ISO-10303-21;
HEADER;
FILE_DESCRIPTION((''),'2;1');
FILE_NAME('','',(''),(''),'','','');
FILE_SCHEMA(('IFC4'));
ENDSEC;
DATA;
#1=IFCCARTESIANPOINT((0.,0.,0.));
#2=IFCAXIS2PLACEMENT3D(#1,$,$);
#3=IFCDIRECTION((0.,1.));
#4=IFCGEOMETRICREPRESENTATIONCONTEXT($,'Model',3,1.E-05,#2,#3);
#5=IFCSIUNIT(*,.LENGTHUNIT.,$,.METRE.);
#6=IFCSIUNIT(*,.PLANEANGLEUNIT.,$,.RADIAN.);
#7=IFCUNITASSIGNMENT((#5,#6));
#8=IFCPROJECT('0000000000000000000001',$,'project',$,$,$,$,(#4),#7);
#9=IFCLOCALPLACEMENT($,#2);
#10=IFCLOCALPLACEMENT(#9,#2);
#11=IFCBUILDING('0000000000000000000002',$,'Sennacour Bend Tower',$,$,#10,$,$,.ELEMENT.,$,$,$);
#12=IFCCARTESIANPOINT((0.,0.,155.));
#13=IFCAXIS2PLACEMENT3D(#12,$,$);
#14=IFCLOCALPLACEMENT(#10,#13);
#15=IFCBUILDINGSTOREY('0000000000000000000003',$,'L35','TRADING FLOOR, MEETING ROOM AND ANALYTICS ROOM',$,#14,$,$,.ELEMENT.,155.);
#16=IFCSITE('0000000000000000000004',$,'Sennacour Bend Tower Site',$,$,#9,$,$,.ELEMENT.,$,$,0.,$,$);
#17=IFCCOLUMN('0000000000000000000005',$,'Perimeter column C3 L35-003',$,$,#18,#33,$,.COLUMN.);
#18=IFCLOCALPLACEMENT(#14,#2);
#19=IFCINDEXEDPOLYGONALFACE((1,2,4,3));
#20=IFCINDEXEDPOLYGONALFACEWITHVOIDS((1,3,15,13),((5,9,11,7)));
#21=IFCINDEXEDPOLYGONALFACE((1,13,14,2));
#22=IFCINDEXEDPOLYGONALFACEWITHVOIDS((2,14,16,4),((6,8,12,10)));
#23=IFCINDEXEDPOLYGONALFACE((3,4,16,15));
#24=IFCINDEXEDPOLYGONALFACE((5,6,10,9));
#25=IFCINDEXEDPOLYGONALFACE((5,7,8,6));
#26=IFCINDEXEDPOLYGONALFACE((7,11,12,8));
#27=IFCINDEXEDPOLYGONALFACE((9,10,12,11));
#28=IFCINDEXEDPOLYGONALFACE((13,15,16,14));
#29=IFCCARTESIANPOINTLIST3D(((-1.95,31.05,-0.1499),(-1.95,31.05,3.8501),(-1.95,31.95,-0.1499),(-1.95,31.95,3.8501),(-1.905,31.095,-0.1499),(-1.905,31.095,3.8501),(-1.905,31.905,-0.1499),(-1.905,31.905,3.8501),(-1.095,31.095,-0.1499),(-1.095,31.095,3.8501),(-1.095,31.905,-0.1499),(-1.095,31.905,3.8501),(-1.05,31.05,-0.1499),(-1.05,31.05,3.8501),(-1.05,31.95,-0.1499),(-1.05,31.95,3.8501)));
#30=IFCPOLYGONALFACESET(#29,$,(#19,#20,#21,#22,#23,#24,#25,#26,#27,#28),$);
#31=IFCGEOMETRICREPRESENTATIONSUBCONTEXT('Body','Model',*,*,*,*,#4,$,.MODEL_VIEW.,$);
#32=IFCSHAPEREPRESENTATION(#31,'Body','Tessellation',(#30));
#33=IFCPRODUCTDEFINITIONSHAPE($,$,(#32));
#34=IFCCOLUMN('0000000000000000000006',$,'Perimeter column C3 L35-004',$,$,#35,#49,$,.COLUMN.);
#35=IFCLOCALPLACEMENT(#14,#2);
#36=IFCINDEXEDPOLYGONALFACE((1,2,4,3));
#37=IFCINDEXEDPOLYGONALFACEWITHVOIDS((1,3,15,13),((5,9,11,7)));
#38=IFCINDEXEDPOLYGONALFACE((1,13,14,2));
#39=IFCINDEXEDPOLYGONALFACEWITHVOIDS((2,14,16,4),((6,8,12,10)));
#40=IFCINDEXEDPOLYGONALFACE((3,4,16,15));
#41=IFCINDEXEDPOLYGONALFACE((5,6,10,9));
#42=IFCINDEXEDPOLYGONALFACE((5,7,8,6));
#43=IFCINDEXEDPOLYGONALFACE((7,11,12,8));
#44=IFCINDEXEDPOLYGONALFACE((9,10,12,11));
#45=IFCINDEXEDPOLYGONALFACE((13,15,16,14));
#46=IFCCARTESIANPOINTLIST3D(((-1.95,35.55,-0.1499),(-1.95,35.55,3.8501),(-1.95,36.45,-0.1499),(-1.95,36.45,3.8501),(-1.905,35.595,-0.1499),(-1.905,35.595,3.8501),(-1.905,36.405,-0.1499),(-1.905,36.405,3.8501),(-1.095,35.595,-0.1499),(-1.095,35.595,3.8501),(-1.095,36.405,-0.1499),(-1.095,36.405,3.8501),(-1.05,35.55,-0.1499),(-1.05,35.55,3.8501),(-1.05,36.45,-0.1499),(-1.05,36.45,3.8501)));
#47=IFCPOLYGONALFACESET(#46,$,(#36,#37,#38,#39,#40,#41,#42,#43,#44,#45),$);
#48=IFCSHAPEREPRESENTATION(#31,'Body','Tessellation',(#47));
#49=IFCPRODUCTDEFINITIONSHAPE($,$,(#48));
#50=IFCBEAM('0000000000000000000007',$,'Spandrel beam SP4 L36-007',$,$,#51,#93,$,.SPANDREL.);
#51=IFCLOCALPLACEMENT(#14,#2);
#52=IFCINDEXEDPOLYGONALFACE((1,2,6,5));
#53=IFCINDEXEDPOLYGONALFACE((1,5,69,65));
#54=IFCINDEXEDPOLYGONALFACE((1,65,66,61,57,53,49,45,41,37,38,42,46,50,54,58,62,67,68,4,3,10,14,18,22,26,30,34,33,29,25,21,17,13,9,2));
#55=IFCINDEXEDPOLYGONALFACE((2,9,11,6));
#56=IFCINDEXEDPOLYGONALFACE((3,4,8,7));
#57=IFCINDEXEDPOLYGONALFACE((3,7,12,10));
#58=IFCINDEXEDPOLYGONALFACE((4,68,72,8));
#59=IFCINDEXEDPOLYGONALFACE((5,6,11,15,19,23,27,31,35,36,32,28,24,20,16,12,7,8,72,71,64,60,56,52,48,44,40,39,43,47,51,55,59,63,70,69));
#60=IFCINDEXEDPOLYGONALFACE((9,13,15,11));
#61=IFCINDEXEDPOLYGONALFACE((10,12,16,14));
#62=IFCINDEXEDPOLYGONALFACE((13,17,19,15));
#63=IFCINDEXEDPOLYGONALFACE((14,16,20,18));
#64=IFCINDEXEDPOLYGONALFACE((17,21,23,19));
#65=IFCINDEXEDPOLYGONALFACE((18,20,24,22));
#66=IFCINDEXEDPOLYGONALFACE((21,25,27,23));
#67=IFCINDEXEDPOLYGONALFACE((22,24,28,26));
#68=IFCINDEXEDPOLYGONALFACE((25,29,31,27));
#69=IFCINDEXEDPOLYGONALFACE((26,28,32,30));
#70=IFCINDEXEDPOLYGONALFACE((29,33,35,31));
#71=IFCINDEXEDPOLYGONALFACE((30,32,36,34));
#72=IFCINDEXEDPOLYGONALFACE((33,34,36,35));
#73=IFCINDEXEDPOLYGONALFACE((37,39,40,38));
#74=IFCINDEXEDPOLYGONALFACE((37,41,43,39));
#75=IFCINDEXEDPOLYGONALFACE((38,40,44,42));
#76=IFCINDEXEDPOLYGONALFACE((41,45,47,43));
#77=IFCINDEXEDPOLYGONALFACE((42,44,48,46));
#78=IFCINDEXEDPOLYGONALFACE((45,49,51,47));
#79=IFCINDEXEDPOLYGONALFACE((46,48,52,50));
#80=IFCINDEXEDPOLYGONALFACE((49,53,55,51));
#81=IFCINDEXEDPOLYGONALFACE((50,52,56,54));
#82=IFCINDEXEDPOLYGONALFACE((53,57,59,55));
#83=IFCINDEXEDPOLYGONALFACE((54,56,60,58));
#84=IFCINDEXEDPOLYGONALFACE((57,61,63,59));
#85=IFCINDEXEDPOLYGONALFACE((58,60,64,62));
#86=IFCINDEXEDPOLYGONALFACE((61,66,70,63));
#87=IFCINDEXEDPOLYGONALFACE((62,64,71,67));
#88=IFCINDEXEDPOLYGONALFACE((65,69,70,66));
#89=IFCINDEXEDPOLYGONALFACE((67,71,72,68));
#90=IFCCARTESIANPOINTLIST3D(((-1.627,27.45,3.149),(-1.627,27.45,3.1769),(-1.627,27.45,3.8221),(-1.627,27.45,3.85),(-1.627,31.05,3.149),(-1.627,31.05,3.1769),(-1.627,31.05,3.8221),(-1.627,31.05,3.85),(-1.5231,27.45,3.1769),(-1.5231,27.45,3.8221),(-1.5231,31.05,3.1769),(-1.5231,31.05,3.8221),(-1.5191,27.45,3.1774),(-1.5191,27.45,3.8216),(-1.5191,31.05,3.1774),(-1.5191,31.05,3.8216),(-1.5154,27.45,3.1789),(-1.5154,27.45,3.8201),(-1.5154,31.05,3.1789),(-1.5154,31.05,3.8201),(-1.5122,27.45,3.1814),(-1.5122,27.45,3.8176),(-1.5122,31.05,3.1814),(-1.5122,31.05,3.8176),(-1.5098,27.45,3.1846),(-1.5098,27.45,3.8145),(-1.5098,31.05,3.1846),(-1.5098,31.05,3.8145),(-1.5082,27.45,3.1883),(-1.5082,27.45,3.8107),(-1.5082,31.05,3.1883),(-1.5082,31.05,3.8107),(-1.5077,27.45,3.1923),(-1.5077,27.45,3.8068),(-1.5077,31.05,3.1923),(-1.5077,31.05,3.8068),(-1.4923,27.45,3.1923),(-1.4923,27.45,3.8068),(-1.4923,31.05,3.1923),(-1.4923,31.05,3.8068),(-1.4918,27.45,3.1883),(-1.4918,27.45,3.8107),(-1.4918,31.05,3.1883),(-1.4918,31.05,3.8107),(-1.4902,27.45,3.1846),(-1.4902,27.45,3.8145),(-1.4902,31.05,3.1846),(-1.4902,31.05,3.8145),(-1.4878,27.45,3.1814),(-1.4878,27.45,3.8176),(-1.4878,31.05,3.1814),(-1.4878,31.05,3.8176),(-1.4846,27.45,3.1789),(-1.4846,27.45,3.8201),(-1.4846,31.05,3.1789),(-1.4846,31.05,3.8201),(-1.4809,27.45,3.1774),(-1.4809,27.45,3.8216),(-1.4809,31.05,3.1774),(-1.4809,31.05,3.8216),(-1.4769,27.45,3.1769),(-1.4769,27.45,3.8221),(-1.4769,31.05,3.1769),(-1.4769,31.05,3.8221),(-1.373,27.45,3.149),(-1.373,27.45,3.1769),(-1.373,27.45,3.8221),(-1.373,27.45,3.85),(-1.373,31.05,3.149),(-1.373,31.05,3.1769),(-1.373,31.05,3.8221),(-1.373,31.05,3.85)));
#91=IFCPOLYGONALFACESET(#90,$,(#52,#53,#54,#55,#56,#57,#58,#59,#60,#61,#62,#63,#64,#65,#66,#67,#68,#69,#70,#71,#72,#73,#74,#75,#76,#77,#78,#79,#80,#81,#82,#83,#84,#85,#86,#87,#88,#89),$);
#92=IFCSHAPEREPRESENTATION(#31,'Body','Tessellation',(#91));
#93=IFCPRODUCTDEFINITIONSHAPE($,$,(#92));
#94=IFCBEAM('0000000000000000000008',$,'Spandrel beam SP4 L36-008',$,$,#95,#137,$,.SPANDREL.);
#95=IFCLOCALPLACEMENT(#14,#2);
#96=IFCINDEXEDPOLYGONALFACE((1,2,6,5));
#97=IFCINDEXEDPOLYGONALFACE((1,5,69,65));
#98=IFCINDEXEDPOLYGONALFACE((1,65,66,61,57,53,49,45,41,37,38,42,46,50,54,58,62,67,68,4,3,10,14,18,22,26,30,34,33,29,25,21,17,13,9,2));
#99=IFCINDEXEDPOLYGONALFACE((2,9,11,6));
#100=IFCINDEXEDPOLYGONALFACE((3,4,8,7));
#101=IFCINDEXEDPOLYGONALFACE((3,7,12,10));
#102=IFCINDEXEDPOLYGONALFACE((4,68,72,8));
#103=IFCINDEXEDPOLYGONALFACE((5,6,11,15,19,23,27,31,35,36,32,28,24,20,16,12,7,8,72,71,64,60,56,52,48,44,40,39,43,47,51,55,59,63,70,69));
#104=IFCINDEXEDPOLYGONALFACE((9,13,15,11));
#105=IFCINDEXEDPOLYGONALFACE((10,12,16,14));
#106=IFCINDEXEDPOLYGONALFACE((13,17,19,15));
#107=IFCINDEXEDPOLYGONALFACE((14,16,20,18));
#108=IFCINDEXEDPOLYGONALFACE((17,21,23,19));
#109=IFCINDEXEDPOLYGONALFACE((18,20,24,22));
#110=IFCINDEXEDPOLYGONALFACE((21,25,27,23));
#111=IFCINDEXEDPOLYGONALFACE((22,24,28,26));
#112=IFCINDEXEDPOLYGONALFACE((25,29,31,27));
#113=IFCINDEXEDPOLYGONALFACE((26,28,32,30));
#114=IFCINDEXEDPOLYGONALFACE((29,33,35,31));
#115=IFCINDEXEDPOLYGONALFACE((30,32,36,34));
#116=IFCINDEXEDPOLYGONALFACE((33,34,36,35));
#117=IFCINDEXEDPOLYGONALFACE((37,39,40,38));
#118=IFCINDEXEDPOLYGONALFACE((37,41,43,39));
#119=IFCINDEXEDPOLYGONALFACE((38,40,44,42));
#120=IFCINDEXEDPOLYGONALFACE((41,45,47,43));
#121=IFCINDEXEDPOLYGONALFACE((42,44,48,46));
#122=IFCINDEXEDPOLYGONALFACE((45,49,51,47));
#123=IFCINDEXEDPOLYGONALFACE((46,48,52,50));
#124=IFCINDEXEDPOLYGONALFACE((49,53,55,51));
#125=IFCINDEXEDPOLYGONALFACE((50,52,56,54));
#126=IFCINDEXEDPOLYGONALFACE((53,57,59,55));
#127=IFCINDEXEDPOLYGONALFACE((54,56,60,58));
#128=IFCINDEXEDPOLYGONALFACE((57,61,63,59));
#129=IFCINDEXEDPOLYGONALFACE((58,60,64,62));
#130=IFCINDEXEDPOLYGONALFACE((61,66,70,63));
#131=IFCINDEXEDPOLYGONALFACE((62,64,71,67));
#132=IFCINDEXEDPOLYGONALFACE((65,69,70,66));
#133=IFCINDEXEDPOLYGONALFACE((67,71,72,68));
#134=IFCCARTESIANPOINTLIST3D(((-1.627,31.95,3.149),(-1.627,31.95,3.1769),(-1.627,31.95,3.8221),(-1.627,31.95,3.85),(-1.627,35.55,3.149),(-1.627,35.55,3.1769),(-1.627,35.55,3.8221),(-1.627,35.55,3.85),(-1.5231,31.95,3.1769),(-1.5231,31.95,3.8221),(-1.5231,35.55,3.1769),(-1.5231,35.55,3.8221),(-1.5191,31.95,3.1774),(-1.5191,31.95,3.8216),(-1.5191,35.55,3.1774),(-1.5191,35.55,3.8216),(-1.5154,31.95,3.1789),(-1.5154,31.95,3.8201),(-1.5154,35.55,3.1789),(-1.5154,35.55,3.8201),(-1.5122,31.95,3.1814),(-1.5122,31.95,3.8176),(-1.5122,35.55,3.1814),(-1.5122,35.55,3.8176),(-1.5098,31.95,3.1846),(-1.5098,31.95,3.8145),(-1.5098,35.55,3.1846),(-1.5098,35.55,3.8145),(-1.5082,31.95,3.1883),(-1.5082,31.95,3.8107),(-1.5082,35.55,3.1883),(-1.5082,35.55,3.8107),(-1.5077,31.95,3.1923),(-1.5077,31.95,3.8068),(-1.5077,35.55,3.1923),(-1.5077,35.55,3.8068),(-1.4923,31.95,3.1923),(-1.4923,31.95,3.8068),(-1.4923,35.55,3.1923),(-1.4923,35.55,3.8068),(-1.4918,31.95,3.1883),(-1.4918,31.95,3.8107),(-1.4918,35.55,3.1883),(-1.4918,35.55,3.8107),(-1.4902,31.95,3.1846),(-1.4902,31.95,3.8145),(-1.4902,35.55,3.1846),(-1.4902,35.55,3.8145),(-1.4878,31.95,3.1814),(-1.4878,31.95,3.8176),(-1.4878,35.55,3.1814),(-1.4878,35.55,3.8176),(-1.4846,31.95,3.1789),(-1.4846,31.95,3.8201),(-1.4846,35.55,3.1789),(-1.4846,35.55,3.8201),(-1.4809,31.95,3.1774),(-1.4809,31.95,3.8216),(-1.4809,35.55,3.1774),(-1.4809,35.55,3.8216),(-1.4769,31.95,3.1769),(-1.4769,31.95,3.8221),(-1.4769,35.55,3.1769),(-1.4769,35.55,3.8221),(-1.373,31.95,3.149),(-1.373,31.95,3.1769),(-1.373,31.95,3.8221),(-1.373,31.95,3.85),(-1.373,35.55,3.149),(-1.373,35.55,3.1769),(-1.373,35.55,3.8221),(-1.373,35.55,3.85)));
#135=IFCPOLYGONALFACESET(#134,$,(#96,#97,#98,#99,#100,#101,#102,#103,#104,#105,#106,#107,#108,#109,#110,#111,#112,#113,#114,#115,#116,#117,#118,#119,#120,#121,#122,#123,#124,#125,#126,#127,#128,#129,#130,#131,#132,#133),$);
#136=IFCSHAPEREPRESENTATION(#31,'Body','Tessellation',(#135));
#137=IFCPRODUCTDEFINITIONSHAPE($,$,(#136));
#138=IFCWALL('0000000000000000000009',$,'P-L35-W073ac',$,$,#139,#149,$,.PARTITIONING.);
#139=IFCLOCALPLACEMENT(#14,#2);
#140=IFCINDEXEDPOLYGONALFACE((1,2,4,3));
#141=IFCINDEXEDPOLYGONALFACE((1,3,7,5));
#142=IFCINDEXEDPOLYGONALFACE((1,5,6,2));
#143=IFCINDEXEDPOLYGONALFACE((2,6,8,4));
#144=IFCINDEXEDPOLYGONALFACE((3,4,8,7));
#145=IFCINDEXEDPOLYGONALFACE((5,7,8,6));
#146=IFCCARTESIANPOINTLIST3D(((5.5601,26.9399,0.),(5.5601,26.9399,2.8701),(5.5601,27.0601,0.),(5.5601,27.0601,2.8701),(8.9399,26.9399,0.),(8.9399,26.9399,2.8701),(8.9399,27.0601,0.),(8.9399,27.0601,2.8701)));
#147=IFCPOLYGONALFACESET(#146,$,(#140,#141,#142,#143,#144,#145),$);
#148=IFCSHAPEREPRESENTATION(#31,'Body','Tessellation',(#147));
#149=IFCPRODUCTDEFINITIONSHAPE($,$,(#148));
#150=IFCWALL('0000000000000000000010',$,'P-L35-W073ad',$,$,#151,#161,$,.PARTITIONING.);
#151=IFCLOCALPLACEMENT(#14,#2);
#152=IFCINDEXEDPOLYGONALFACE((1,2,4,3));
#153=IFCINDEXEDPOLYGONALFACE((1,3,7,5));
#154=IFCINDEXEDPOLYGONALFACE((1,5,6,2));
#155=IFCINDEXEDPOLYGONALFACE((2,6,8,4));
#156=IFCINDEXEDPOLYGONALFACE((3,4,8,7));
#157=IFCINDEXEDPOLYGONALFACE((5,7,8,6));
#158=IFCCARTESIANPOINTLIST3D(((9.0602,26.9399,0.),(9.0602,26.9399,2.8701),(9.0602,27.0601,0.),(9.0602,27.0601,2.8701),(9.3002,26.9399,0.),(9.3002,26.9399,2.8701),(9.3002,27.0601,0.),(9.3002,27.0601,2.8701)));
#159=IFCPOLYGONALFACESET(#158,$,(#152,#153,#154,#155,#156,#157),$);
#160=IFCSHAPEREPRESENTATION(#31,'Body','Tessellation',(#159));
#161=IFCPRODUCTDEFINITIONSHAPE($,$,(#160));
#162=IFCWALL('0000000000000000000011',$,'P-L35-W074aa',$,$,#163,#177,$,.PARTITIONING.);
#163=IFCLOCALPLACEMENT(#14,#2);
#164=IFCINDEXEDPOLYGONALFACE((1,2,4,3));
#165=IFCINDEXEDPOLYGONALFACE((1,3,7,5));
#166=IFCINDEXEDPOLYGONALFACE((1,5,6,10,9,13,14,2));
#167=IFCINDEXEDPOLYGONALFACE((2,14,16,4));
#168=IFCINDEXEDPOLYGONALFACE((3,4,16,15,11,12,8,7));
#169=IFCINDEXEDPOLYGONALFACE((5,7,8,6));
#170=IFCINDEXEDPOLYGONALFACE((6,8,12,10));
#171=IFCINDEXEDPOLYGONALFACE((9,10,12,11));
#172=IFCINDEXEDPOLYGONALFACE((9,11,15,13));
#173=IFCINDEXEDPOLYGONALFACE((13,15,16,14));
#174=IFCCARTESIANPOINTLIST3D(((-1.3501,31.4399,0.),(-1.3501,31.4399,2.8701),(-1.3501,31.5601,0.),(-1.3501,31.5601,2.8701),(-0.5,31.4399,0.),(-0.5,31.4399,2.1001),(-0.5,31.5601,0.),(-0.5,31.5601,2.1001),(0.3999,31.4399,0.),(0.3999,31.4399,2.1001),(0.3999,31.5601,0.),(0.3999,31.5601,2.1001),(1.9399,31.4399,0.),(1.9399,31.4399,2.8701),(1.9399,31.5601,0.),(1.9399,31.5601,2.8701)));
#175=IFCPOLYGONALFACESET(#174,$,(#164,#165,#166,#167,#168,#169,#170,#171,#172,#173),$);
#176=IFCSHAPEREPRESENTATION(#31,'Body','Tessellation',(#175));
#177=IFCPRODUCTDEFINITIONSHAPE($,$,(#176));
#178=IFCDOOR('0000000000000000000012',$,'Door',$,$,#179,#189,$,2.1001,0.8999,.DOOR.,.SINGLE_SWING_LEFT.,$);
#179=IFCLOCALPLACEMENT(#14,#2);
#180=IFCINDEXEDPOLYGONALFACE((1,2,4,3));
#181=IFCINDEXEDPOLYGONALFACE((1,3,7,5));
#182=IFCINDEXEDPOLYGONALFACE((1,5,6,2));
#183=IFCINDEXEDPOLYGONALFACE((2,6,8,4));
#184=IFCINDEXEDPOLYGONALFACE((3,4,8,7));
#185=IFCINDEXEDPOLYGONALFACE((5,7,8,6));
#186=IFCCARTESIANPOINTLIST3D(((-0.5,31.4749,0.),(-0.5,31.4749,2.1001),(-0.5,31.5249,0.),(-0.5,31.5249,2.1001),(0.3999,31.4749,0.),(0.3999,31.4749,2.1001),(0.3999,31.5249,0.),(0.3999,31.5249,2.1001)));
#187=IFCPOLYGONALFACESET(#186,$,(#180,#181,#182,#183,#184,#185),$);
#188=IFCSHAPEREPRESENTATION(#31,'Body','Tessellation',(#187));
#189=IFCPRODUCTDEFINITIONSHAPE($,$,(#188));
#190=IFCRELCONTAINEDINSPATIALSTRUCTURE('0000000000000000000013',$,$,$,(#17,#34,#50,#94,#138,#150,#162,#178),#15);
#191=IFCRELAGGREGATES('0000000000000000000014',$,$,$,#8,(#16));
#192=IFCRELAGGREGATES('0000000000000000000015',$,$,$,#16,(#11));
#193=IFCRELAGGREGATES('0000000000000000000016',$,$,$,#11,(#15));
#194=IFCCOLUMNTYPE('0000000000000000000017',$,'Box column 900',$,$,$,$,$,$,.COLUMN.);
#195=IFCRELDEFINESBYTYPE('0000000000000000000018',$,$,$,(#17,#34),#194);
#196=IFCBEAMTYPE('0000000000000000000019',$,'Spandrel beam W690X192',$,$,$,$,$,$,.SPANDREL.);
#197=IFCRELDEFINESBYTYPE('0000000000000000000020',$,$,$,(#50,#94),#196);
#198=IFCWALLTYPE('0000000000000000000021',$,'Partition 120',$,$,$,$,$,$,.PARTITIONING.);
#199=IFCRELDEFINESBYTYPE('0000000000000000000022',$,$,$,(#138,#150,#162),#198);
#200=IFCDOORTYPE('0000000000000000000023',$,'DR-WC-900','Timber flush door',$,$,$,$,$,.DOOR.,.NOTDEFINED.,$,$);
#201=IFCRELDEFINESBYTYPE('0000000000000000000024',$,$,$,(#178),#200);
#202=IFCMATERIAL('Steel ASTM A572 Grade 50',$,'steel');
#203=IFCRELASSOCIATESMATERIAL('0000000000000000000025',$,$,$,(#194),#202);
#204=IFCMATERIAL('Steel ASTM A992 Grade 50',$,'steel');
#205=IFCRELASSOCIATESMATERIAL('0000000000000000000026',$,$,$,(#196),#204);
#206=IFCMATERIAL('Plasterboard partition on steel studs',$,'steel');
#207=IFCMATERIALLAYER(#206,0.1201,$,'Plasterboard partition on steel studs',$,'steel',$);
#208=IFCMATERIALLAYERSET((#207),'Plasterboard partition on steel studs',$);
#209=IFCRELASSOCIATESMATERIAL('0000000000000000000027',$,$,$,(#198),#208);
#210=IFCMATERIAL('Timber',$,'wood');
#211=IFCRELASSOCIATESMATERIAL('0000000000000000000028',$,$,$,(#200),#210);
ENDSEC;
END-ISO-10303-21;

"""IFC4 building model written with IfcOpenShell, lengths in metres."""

from ifc_helpers import new_model, si_unit, direction, frame, frame_2d, origin, origin_2d, place, context, subcontext, project, spatial, rectangle, hollow_rectangle, i_section, extrude, material, layer, layer_set, material_profile, profile_set, type_object, element, fill, save


model = new_model("IFC4")

# Units and contexts
model_context = context("Model", 3, precision=1e-05, world=origin(), true_north=direction((0.0, 1.0)))
body_context = subcontext(model_context, "Body", "Model", "MODEL_VIEW")
ifc_project = project(units=[si_unit("LENGTHUNIT", "METRE"), si_unit("PLANEANGLEUNIT", "RADIAN")], contexts=[model_context])

# Site, building, storey
site_placement = place(None, origin())
site = spatial("IfcSite", under=ifc_project, at=site_placement, Name="Sennacour Bend Tower Site", CompositionType="ELEMENT", RefElevation=0.0)
building_placement = place(site_placement, origin())
building = spatial("IfcBuilding", under=site, at=building_placement, Name="Sennacour Bend Tower", CompositionType="ELEMENT")
storey_placement = place(building_placement, frame((0.0, 0.0, 155.0)))
storey = spatial("IfcBuildingStorey", under=building, at=storey_placement, Name="L35", Description="TRADING FLOOR, MEETING ROOM AND ANALYTICS ROOM", CompositionType="ELEMENT", Elevation=155.0)

# Columns
ifc_material_1 = material(Name="Steel ASTM A572 Grade 50", Category="steel")
ifc_material_profile_1 = material_profile(ifc_material_1, hollow_rectangle(XDim=0.8999, YDim=0.8999, WallThickness=0.0449, at=origin_2d()), Name="Steel ASTM A572 Grade 50", Category="steel")
ifc_profile_set_1 = profile_set([ifc_material_profile_1], Name="Steel ASTM A572 Grade 50")
column_type = type_object("IfcColumnType", Name="Box column 900", PredefinedType="COLUMN", material=ifc_profile_set_1)
for number, where, z_axis, x_axis, name in (
    (1, (-1.5, 31.5, -0.1499), (0.0, 0.0, 1.0), (1.0, 0.0, 0.0), "Perimeter column C3 L35-003"),
    (2, (-1.5, 36.0, -0.1499), (0.0, 0.0, 1.0), (1.0, 0.0, 0.0), "Perimeter column C3 L35-004"),
):
    element("IfcColumn", number, at=place(storey_placement, frame(where, z_axis=z_axis, x_axis=x_axis)), inside=storey, type_object=column_type, Name=name, PredefinedType="COLUMN", context=body_context, shape_type="SweptSolid", body=[
        extrude(hollow_rectangle(XDim=0.8999, YDim=0.8999, WallThickness=0.0449, at=origin_2d()), origin(), (0.0, 0.0, 1.0), 4.0),
    ])

# Beams
ifc_material_2 = material(Name="Steel ASTM A992 Grade 50", Category="steel")
ifc_material_profile_2 = material_profile(ifc_material_2, i_section(OverallWidth=0.2539, OverallDepth=0.7009, WebThickness=0.0154, FlangeThickness=0.0278, FilletRadius=0.0154, at=origin_2d()), Name="Steel ASTM A992 Grade 50", Category="steel")
ifc_profile_set_2 = profile_set([ifc_material_profile_2], Name="Steel ASTM A992 Grade 50")
beam_type = type_object("IfcBeamType", Name="Spandrel beam W690X192", PredefinedType="SPANDREL", material=ifc_profile_set_2)
for number, where, z_axis, x_axis, name in (
    (3, (-1.5, 27.45, 3.4995), (0.0, 1.0, 0.0), (-1.0, 0.0, 0.0), "Spandrel beam SP4 L36-007"),
    (4, (-1.5, 31.95, 3.4995), (0.0, 1.0, 0.0), (-1.0, 0.0, 0.0), "Spandrel beam SP4 L36-008"),
):
    element("IfcBeam", number, at=place(storey_placement, frame(where, z_axis=z_axis, x_axis=x_axis)), inside=storey, type_object=beam_type, Name=name, PredefinedType="SPANDREL", context=body_context, shape_type="SweptSolid", body=[
        extrude(i_section(OverallWidth=0.2539, OverallDepth=0.7009, WebThickness=0.0154, FlangeThickness=0.0278, FilletRadius=0.0154, at=origin_2d()), origin(), (0.0, 0.0, 1.0), 3.6001),
    ])

# Walls
ifc_material_3 = material(Name="Plasterboard partition on steel studs", Category="steel")
ifc_layer_1 = layer(ifc_material_3, 0.1201, Name="Plasterboard partition on steel studs", Category="steel")
ifc_layer_set_1 = layer_set([ifc_layer_1], Name="Plasterboard partition on steel studs")
wall_type_1 = type_object("IfcWallType", Name="Partition 120", PredefinedType="PARTITIONING", material=ifc_layer_set_1)
wall_1_placement = place(storey_placement, frame((5.5601, 27.0, 0.0), z_axis=(0.0, 0.0, 1.0), x_axis=(1.0, 0.0, 0.0)))
element("IfcWall", 5, at=wall_1_placement, inside=storey, type_object=wall_type_1, Name="P-L35-W073ac", PredefinedType="PARTITIONING", context=body_context, shape_type="SweptSolid", body=[
    extrude(rectangle(XDim=3.3799, YDim=0.1201, at=frame_2d((1.6899, 0.0))), origin(), (0.0, 0.0, 1.0), 2.8701),
])
wall_2_placement = place(storey_placement, frame((9.0601, 27.0, 0.0), z_axis=(0.0, 0.0, 1.0), x_axis=(1.0, 0.0, 0.0)))
element("IfcWall", 6, at=wall_2_placement, inside=storey, type_object=wall_type_1, Name="P-L35-W073ad", PredefinedType="PARTITIONING", context=body_context, shape_type="SweptSolid", body=[
    extrude(rectangle(XDim=0.24, YDim=0.1201, at=frame_2d((0.1201, 0.0))), origin(), (0.0, 0.0, 1.0), 2.8701),
])

# Wall, opening, door
wall_3_placement = place(storey_placement, frame((-1.3501, 31.5, 0.0), z_axis=(0.0, 0.0, 1.0), x_axis=(1.0, 0.0, 0.0)))
wall_3 = element("IfcWall", 7, at=wall_3_placement, inside=storey, type_object=wall_type_1, Name="P-L35-W074aa", PredefinedType="PARTITIONING", context=body_context, shape_type="SweptSolid", body=[
    extrude(rectangle(XDim=3.29, YDim=0.1201, at=frame_2d((1.645, 0.0))), origin(), (0.0, 0.0, 1.0), 2.8701),
])
opening_1_placement = place(wall_3_placement, frame((0.8501, 0.0, 0.0)))
opening_1 = element("IfcOpeningElement", 8, at=opening_1_placement, cuts=wall_3, PredefinedType="OPENING", context=body_context, shape_type="SweptSolid", body=[
    extrude(rectangle(XDim=0.8999, YDim=2.1001, at=frame_2d((0.45, 1.05))), frame((0.0, 0.0701, 0.0), z_axis=(0.0, -1.0, 0.0), x_axis=(1.0, 0.0, 0.0)), (0.0, 0.0, 1.0), 0.1401),
])
ifc_material_4 = material(Name="Timber", Category="wood")
door_type_1 = type_object("IfcDoorType", Name="DR-WC-900", Description="Timber flush door", OperationType="NOTDEFINED", PredefinedType="DOOR", material=ifc_material_4)
door_1_placement = place(opening_1_placement, origin())
door_1 = element("IfcDoor", 9, at=door_1_placement, inside=storey, type_object=door_type_1, Name="Door", OperationType="SINGLE_SWING_LEFT", OverallHeight=2.1001, OverallWidth=0.8999, PredefinedType="DOOR", context=body_context, shape_type="SweptSolid", body=[
    extrude(rectangle(XDim=0.8999, YDim=2.1001, at=frame_2d((0.45, 1.05))), frame((0.0, 0.0249, 0.0), z_axis=(0.0, -1.0, 0.0), x_axis=(1.0, 0.0, 0.0)), (0.0, 0.0, 1.0), 0.05),
])
fill(opening_1, door_1)

save(model, "model.ifc")
